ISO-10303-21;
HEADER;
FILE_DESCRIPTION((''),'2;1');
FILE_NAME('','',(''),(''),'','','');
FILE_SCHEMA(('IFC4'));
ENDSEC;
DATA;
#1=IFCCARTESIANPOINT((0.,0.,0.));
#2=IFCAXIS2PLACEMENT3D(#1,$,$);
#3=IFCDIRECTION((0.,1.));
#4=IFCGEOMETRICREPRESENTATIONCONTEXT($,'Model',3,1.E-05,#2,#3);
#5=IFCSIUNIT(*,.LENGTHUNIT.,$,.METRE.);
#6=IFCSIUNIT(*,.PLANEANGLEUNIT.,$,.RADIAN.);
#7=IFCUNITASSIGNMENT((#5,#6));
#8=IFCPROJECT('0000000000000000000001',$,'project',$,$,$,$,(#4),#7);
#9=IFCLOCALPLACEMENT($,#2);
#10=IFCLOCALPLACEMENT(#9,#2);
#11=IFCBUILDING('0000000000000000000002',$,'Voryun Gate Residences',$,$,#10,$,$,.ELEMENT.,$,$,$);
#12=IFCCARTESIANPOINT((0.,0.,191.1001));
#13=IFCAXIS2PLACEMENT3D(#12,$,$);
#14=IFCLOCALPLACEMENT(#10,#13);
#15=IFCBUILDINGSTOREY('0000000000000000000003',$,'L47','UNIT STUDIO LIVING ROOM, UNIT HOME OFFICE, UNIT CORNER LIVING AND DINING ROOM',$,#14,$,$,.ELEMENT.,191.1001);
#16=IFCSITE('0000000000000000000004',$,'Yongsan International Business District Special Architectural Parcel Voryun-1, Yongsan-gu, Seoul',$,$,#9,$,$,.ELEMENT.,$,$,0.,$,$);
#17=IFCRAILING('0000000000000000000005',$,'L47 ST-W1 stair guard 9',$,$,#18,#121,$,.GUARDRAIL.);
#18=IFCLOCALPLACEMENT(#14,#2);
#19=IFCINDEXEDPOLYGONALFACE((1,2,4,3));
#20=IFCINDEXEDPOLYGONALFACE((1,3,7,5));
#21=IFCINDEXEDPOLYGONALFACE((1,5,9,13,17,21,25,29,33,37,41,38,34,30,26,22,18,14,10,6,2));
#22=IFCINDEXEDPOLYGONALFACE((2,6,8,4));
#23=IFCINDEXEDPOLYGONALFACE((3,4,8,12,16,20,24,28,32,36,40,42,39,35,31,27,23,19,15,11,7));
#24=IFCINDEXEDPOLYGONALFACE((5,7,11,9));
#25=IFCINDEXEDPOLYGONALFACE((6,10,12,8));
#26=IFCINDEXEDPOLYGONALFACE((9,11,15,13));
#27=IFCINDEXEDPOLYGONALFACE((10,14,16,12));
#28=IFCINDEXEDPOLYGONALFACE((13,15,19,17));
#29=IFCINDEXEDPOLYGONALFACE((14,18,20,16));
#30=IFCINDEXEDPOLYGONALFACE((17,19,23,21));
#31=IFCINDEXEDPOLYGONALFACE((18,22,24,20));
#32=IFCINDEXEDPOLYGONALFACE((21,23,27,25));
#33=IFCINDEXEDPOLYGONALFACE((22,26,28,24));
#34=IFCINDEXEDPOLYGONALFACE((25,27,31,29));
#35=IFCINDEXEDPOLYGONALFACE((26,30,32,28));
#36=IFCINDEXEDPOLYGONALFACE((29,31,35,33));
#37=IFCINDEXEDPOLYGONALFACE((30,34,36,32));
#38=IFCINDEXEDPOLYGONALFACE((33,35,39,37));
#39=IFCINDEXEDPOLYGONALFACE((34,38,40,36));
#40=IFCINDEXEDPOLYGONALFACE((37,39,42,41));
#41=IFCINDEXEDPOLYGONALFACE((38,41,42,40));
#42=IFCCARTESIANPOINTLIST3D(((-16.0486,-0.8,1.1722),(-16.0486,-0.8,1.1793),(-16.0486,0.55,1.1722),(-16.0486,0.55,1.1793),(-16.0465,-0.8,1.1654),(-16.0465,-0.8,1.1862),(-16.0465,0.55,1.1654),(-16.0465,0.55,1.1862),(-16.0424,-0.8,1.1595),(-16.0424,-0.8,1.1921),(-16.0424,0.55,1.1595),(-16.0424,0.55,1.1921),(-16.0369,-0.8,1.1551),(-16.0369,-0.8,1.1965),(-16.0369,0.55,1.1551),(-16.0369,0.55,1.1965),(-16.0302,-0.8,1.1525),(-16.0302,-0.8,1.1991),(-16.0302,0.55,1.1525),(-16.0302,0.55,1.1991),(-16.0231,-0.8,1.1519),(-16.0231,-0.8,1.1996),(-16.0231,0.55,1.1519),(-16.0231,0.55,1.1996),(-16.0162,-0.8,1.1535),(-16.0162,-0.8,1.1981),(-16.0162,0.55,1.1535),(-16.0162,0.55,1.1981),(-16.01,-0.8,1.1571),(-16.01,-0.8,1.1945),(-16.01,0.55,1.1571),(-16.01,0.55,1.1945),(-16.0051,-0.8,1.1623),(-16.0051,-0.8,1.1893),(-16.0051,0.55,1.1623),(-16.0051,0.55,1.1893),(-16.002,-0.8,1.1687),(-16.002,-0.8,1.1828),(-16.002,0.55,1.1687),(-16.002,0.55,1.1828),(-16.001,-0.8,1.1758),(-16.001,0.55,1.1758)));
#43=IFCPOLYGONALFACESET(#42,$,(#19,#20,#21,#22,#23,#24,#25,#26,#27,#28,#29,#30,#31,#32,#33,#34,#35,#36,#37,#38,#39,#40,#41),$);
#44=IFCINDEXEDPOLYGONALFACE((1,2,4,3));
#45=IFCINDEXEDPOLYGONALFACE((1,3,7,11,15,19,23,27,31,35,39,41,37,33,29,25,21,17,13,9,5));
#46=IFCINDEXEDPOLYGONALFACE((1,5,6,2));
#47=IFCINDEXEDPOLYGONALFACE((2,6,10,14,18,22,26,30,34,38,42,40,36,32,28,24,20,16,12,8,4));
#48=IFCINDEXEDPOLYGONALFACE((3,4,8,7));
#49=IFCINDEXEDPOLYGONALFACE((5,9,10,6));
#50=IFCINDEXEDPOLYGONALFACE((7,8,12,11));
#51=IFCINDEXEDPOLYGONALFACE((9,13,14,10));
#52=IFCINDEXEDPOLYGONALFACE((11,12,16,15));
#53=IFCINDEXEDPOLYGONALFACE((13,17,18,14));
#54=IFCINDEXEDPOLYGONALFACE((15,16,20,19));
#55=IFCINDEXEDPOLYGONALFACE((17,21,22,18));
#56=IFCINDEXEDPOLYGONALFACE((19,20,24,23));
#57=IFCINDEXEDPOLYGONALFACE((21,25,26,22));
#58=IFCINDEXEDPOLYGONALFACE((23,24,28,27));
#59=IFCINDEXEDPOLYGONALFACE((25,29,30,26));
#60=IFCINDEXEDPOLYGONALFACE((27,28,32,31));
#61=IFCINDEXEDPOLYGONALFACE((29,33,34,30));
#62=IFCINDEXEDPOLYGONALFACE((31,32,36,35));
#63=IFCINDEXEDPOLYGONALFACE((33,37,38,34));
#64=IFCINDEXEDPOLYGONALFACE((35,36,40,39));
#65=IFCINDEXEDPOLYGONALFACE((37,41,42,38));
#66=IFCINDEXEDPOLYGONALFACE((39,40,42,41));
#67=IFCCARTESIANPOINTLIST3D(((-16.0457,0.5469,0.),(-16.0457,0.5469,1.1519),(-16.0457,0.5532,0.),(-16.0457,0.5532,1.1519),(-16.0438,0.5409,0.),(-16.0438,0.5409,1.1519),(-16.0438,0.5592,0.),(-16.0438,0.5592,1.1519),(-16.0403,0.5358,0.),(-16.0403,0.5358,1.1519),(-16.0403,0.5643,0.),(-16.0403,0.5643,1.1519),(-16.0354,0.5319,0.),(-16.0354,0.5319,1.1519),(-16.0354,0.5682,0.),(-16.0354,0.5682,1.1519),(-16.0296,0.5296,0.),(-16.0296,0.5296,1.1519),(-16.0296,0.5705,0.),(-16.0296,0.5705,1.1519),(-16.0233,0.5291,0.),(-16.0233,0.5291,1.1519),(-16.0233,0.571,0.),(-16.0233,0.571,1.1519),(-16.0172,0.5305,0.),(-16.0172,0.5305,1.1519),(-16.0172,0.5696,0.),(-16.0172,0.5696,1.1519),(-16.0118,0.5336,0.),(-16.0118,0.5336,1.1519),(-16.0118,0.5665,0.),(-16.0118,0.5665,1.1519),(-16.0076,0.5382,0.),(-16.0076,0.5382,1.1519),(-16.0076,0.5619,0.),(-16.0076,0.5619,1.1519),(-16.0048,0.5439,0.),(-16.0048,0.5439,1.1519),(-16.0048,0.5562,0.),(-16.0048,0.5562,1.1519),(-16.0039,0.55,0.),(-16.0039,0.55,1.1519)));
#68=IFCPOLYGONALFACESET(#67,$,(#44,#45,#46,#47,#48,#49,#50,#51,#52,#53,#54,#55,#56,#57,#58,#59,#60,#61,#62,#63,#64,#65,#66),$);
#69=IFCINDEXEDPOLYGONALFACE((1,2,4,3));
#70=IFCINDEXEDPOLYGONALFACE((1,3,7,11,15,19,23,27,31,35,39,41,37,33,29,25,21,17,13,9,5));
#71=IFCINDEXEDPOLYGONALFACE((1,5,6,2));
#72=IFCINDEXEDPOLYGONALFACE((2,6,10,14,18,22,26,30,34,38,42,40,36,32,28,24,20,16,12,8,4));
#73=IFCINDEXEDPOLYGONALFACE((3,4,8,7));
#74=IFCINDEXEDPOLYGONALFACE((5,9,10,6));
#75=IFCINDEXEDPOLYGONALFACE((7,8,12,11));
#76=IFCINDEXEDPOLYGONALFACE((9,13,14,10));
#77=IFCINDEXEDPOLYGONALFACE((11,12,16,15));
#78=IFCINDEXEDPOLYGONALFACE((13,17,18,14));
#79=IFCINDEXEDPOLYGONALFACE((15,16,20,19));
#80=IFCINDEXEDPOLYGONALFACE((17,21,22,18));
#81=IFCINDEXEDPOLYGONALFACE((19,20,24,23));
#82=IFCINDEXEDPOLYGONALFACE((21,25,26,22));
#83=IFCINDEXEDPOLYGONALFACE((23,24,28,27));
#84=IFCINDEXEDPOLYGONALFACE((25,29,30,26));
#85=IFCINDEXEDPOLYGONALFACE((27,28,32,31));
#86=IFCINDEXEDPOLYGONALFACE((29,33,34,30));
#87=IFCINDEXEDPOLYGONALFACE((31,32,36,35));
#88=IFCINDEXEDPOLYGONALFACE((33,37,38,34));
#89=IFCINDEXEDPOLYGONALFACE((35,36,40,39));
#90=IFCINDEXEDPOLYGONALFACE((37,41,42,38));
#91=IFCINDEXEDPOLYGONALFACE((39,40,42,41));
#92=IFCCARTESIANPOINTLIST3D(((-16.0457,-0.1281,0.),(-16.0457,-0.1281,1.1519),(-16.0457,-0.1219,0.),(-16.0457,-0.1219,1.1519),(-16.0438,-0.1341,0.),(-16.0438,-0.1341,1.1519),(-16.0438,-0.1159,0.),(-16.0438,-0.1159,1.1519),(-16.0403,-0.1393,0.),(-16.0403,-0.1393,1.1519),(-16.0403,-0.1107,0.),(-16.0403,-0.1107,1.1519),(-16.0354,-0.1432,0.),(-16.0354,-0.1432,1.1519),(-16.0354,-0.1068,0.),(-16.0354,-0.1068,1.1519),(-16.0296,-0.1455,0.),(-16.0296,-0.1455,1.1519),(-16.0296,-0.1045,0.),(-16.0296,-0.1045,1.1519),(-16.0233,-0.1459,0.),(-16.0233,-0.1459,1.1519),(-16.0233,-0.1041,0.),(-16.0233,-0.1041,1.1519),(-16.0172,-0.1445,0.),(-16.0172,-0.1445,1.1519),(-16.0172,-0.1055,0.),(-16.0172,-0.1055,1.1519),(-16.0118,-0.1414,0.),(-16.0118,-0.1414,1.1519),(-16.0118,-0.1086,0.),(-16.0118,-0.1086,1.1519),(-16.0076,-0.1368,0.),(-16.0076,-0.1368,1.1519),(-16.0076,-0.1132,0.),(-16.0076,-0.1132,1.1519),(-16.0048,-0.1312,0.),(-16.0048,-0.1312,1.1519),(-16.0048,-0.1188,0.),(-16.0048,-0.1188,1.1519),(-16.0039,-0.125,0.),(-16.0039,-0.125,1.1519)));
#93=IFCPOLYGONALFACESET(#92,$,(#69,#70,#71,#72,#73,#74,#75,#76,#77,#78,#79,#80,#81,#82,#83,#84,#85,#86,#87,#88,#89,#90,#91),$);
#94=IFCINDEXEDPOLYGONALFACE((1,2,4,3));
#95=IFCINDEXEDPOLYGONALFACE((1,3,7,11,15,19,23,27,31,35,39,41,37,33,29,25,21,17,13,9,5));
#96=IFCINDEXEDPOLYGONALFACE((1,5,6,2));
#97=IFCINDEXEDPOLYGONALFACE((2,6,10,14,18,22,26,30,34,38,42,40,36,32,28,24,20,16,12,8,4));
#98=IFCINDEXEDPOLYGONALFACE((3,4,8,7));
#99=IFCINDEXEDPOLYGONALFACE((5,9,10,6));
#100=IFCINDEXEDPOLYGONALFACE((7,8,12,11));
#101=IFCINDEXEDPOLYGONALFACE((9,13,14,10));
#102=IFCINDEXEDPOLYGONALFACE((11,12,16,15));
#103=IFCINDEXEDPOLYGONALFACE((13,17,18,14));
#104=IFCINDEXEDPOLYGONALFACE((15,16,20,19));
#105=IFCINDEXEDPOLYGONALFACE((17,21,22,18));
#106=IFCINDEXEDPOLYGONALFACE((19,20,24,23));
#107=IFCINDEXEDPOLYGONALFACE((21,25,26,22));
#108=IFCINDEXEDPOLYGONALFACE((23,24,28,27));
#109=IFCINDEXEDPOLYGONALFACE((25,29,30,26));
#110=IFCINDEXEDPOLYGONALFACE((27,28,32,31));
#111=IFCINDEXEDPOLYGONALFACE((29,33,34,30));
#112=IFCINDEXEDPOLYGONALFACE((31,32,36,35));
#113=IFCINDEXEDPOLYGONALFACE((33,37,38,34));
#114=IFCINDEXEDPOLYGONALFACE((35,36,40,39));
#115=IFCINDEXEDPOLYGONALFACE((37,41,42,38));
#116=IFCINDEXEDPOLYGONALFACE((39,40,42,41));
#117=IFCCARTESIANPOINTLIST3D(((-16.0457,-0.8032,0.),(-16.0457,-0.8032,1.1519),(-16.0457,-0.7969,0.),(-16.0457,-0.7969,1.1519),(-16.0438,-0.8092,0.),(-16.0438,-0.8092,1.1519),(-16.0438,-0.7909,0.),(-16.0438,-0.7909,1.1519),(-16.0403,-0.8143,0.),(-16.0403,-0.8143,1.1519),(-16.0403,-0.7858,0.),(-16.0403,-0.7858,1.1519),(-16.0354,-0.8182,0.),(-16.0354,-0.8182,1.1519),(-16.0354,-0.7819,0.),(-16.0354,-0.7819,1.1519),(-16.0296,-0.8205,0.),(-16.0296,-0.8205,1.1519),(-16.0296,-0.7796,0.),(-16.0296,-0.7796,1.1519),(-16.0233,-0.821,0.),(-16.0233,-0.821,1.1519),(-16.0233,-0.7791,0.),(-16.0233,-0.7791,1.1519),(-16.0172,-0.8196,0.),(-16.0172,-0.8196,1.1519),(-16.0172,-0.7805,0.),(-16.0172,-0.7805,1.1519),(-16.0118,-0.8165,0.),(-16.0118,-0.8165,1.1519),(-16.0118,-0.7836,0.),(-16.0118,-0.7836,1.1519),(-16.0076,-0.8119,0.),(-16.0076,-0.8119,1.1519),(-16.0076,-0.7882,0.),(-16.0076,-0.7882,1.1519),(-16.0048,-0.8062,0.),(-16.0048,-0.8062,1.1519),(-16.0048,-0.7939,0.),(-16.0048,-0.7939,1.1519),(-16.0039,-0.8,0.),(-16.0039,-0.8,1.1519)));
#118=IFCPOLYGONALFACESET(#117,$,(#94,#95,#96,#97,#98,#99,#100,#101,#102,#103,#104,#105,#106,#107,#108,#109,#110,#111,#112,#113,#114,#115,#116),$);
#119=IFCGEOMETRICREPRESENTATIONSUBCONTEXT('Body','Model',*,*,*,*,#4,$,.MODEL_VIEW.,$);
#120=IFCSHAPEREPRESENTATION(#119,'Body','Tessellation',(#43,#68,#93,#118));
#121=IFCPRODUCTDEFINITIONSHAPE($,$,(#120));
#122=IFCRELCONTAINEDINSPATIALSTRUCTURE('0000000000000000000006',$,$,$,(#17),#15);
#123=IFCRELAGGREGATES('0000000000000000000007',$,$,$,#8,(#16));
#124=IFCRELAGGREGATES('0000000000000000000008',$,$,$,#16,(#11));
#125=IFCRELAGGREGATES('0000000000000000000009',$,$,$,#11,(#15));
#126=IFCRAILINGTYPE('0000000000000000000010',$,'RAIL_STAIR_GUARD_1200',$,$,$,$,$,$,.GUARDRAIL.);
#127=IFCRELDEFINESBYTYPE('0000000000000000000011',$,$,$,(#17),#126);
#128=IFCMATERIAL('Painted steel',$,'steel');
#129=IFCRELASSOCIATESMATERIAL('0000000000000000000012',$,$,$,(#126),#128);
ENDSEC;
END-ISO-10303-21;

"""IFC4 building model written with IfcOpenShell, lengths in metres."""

from ifc_helpers import new_model, si_unit, direction, frame, origin, origin_2d, place, context, subcontext, project, spatial, circle, extrude, material, type_object, element, save


model = new_model("IFC4")

# Units and contexts
model_context = context("Model", 3, precision=1e-05, world=origin(), true_north=direction((0.0, 1.0)))
body_context = subcontext(model_context, "Body", "Model", "MODEL_VIEW")
ifc_project = project(units=[si_unit("LENGTHUNIT", "METRE"), si_unit("PLANEANGLEUNIT", "RADIAN")], contexts=[model_context])

# Site, building, storey
site_placement = place(None, origin())
site = spatial("IfcSite", under=ifc_project, at=site_placement, Name="Yongsan International Business District Special Architectural Parcel Voryun-1, Yongsan-gu, Seoul", CompositionType="ELEMENT", RefElevation=0.0)
building_placement = place(site_placement, origin())
building = spatial("IfcBuilding", under=site, at=building_placement, Name="Voryun Gate Residences", CompositionType="ELEMENT")
storey_placement = place(building_placement, frame((0.0, 0.0, 191.1001)))
storey = spatial("IfcBuildingStorey", under=building, at=storey_placement, Name="L47", Description="UNIT STUDIO LIVING ROOM, UNIT HOME OFFICE, UNIT CORNER LIVING AND DINING ROOM", CompositionType="ELEMENT", Elevation=191.1001)

# Railing
ifc_material_1 = material(Name="Painted steel", Category="steel")
railing_type = type_object("IfcRailingType", Name="RAIL_STAIR_GUARD_1200", PredefinedType="GUARDRAIL", material=ifc_material_1)
for number, where, name in (
    (1, (-16.0249, 0.55, 0.0), "L47 ST-W1 stair guard 9"),
):
    element("IfcRailing", number, at=place(storey_placement, frame(where)), inside=storey, type_object=railing_type, Name=name, PredefinedType="GUARDRAIL", context=body_context, shape_type="SweptSolid", body=[
        extrude(circle(Radius=0.0239, at=origin_2d()), frame((0.0, 0.0, 1.1758), z_axis=(0.0, -1.0, 0.0), x_axis=(1.0, 0.0, 0.0)), (0.0, 0.0, 1.0), 1.3501),
        extrude(circle(Radius=0.021, at=origin_2d()), origin(), (0.0, 0.0, 1.0), 1.1519),
        extrude(circle(Radius=0.021, at=origin_2d()), frame((0.0, -0.675, 0.0)), (0.0, 0.0, 1.0), 1.1519),
        extrude(circle(Radius=0.021, at=origin_2d()), frame((0.0, -1.3501, 0.0)), (0.0, 0.0, 1.0), 1.1519),
    ])

save(model, "model.ifc")
